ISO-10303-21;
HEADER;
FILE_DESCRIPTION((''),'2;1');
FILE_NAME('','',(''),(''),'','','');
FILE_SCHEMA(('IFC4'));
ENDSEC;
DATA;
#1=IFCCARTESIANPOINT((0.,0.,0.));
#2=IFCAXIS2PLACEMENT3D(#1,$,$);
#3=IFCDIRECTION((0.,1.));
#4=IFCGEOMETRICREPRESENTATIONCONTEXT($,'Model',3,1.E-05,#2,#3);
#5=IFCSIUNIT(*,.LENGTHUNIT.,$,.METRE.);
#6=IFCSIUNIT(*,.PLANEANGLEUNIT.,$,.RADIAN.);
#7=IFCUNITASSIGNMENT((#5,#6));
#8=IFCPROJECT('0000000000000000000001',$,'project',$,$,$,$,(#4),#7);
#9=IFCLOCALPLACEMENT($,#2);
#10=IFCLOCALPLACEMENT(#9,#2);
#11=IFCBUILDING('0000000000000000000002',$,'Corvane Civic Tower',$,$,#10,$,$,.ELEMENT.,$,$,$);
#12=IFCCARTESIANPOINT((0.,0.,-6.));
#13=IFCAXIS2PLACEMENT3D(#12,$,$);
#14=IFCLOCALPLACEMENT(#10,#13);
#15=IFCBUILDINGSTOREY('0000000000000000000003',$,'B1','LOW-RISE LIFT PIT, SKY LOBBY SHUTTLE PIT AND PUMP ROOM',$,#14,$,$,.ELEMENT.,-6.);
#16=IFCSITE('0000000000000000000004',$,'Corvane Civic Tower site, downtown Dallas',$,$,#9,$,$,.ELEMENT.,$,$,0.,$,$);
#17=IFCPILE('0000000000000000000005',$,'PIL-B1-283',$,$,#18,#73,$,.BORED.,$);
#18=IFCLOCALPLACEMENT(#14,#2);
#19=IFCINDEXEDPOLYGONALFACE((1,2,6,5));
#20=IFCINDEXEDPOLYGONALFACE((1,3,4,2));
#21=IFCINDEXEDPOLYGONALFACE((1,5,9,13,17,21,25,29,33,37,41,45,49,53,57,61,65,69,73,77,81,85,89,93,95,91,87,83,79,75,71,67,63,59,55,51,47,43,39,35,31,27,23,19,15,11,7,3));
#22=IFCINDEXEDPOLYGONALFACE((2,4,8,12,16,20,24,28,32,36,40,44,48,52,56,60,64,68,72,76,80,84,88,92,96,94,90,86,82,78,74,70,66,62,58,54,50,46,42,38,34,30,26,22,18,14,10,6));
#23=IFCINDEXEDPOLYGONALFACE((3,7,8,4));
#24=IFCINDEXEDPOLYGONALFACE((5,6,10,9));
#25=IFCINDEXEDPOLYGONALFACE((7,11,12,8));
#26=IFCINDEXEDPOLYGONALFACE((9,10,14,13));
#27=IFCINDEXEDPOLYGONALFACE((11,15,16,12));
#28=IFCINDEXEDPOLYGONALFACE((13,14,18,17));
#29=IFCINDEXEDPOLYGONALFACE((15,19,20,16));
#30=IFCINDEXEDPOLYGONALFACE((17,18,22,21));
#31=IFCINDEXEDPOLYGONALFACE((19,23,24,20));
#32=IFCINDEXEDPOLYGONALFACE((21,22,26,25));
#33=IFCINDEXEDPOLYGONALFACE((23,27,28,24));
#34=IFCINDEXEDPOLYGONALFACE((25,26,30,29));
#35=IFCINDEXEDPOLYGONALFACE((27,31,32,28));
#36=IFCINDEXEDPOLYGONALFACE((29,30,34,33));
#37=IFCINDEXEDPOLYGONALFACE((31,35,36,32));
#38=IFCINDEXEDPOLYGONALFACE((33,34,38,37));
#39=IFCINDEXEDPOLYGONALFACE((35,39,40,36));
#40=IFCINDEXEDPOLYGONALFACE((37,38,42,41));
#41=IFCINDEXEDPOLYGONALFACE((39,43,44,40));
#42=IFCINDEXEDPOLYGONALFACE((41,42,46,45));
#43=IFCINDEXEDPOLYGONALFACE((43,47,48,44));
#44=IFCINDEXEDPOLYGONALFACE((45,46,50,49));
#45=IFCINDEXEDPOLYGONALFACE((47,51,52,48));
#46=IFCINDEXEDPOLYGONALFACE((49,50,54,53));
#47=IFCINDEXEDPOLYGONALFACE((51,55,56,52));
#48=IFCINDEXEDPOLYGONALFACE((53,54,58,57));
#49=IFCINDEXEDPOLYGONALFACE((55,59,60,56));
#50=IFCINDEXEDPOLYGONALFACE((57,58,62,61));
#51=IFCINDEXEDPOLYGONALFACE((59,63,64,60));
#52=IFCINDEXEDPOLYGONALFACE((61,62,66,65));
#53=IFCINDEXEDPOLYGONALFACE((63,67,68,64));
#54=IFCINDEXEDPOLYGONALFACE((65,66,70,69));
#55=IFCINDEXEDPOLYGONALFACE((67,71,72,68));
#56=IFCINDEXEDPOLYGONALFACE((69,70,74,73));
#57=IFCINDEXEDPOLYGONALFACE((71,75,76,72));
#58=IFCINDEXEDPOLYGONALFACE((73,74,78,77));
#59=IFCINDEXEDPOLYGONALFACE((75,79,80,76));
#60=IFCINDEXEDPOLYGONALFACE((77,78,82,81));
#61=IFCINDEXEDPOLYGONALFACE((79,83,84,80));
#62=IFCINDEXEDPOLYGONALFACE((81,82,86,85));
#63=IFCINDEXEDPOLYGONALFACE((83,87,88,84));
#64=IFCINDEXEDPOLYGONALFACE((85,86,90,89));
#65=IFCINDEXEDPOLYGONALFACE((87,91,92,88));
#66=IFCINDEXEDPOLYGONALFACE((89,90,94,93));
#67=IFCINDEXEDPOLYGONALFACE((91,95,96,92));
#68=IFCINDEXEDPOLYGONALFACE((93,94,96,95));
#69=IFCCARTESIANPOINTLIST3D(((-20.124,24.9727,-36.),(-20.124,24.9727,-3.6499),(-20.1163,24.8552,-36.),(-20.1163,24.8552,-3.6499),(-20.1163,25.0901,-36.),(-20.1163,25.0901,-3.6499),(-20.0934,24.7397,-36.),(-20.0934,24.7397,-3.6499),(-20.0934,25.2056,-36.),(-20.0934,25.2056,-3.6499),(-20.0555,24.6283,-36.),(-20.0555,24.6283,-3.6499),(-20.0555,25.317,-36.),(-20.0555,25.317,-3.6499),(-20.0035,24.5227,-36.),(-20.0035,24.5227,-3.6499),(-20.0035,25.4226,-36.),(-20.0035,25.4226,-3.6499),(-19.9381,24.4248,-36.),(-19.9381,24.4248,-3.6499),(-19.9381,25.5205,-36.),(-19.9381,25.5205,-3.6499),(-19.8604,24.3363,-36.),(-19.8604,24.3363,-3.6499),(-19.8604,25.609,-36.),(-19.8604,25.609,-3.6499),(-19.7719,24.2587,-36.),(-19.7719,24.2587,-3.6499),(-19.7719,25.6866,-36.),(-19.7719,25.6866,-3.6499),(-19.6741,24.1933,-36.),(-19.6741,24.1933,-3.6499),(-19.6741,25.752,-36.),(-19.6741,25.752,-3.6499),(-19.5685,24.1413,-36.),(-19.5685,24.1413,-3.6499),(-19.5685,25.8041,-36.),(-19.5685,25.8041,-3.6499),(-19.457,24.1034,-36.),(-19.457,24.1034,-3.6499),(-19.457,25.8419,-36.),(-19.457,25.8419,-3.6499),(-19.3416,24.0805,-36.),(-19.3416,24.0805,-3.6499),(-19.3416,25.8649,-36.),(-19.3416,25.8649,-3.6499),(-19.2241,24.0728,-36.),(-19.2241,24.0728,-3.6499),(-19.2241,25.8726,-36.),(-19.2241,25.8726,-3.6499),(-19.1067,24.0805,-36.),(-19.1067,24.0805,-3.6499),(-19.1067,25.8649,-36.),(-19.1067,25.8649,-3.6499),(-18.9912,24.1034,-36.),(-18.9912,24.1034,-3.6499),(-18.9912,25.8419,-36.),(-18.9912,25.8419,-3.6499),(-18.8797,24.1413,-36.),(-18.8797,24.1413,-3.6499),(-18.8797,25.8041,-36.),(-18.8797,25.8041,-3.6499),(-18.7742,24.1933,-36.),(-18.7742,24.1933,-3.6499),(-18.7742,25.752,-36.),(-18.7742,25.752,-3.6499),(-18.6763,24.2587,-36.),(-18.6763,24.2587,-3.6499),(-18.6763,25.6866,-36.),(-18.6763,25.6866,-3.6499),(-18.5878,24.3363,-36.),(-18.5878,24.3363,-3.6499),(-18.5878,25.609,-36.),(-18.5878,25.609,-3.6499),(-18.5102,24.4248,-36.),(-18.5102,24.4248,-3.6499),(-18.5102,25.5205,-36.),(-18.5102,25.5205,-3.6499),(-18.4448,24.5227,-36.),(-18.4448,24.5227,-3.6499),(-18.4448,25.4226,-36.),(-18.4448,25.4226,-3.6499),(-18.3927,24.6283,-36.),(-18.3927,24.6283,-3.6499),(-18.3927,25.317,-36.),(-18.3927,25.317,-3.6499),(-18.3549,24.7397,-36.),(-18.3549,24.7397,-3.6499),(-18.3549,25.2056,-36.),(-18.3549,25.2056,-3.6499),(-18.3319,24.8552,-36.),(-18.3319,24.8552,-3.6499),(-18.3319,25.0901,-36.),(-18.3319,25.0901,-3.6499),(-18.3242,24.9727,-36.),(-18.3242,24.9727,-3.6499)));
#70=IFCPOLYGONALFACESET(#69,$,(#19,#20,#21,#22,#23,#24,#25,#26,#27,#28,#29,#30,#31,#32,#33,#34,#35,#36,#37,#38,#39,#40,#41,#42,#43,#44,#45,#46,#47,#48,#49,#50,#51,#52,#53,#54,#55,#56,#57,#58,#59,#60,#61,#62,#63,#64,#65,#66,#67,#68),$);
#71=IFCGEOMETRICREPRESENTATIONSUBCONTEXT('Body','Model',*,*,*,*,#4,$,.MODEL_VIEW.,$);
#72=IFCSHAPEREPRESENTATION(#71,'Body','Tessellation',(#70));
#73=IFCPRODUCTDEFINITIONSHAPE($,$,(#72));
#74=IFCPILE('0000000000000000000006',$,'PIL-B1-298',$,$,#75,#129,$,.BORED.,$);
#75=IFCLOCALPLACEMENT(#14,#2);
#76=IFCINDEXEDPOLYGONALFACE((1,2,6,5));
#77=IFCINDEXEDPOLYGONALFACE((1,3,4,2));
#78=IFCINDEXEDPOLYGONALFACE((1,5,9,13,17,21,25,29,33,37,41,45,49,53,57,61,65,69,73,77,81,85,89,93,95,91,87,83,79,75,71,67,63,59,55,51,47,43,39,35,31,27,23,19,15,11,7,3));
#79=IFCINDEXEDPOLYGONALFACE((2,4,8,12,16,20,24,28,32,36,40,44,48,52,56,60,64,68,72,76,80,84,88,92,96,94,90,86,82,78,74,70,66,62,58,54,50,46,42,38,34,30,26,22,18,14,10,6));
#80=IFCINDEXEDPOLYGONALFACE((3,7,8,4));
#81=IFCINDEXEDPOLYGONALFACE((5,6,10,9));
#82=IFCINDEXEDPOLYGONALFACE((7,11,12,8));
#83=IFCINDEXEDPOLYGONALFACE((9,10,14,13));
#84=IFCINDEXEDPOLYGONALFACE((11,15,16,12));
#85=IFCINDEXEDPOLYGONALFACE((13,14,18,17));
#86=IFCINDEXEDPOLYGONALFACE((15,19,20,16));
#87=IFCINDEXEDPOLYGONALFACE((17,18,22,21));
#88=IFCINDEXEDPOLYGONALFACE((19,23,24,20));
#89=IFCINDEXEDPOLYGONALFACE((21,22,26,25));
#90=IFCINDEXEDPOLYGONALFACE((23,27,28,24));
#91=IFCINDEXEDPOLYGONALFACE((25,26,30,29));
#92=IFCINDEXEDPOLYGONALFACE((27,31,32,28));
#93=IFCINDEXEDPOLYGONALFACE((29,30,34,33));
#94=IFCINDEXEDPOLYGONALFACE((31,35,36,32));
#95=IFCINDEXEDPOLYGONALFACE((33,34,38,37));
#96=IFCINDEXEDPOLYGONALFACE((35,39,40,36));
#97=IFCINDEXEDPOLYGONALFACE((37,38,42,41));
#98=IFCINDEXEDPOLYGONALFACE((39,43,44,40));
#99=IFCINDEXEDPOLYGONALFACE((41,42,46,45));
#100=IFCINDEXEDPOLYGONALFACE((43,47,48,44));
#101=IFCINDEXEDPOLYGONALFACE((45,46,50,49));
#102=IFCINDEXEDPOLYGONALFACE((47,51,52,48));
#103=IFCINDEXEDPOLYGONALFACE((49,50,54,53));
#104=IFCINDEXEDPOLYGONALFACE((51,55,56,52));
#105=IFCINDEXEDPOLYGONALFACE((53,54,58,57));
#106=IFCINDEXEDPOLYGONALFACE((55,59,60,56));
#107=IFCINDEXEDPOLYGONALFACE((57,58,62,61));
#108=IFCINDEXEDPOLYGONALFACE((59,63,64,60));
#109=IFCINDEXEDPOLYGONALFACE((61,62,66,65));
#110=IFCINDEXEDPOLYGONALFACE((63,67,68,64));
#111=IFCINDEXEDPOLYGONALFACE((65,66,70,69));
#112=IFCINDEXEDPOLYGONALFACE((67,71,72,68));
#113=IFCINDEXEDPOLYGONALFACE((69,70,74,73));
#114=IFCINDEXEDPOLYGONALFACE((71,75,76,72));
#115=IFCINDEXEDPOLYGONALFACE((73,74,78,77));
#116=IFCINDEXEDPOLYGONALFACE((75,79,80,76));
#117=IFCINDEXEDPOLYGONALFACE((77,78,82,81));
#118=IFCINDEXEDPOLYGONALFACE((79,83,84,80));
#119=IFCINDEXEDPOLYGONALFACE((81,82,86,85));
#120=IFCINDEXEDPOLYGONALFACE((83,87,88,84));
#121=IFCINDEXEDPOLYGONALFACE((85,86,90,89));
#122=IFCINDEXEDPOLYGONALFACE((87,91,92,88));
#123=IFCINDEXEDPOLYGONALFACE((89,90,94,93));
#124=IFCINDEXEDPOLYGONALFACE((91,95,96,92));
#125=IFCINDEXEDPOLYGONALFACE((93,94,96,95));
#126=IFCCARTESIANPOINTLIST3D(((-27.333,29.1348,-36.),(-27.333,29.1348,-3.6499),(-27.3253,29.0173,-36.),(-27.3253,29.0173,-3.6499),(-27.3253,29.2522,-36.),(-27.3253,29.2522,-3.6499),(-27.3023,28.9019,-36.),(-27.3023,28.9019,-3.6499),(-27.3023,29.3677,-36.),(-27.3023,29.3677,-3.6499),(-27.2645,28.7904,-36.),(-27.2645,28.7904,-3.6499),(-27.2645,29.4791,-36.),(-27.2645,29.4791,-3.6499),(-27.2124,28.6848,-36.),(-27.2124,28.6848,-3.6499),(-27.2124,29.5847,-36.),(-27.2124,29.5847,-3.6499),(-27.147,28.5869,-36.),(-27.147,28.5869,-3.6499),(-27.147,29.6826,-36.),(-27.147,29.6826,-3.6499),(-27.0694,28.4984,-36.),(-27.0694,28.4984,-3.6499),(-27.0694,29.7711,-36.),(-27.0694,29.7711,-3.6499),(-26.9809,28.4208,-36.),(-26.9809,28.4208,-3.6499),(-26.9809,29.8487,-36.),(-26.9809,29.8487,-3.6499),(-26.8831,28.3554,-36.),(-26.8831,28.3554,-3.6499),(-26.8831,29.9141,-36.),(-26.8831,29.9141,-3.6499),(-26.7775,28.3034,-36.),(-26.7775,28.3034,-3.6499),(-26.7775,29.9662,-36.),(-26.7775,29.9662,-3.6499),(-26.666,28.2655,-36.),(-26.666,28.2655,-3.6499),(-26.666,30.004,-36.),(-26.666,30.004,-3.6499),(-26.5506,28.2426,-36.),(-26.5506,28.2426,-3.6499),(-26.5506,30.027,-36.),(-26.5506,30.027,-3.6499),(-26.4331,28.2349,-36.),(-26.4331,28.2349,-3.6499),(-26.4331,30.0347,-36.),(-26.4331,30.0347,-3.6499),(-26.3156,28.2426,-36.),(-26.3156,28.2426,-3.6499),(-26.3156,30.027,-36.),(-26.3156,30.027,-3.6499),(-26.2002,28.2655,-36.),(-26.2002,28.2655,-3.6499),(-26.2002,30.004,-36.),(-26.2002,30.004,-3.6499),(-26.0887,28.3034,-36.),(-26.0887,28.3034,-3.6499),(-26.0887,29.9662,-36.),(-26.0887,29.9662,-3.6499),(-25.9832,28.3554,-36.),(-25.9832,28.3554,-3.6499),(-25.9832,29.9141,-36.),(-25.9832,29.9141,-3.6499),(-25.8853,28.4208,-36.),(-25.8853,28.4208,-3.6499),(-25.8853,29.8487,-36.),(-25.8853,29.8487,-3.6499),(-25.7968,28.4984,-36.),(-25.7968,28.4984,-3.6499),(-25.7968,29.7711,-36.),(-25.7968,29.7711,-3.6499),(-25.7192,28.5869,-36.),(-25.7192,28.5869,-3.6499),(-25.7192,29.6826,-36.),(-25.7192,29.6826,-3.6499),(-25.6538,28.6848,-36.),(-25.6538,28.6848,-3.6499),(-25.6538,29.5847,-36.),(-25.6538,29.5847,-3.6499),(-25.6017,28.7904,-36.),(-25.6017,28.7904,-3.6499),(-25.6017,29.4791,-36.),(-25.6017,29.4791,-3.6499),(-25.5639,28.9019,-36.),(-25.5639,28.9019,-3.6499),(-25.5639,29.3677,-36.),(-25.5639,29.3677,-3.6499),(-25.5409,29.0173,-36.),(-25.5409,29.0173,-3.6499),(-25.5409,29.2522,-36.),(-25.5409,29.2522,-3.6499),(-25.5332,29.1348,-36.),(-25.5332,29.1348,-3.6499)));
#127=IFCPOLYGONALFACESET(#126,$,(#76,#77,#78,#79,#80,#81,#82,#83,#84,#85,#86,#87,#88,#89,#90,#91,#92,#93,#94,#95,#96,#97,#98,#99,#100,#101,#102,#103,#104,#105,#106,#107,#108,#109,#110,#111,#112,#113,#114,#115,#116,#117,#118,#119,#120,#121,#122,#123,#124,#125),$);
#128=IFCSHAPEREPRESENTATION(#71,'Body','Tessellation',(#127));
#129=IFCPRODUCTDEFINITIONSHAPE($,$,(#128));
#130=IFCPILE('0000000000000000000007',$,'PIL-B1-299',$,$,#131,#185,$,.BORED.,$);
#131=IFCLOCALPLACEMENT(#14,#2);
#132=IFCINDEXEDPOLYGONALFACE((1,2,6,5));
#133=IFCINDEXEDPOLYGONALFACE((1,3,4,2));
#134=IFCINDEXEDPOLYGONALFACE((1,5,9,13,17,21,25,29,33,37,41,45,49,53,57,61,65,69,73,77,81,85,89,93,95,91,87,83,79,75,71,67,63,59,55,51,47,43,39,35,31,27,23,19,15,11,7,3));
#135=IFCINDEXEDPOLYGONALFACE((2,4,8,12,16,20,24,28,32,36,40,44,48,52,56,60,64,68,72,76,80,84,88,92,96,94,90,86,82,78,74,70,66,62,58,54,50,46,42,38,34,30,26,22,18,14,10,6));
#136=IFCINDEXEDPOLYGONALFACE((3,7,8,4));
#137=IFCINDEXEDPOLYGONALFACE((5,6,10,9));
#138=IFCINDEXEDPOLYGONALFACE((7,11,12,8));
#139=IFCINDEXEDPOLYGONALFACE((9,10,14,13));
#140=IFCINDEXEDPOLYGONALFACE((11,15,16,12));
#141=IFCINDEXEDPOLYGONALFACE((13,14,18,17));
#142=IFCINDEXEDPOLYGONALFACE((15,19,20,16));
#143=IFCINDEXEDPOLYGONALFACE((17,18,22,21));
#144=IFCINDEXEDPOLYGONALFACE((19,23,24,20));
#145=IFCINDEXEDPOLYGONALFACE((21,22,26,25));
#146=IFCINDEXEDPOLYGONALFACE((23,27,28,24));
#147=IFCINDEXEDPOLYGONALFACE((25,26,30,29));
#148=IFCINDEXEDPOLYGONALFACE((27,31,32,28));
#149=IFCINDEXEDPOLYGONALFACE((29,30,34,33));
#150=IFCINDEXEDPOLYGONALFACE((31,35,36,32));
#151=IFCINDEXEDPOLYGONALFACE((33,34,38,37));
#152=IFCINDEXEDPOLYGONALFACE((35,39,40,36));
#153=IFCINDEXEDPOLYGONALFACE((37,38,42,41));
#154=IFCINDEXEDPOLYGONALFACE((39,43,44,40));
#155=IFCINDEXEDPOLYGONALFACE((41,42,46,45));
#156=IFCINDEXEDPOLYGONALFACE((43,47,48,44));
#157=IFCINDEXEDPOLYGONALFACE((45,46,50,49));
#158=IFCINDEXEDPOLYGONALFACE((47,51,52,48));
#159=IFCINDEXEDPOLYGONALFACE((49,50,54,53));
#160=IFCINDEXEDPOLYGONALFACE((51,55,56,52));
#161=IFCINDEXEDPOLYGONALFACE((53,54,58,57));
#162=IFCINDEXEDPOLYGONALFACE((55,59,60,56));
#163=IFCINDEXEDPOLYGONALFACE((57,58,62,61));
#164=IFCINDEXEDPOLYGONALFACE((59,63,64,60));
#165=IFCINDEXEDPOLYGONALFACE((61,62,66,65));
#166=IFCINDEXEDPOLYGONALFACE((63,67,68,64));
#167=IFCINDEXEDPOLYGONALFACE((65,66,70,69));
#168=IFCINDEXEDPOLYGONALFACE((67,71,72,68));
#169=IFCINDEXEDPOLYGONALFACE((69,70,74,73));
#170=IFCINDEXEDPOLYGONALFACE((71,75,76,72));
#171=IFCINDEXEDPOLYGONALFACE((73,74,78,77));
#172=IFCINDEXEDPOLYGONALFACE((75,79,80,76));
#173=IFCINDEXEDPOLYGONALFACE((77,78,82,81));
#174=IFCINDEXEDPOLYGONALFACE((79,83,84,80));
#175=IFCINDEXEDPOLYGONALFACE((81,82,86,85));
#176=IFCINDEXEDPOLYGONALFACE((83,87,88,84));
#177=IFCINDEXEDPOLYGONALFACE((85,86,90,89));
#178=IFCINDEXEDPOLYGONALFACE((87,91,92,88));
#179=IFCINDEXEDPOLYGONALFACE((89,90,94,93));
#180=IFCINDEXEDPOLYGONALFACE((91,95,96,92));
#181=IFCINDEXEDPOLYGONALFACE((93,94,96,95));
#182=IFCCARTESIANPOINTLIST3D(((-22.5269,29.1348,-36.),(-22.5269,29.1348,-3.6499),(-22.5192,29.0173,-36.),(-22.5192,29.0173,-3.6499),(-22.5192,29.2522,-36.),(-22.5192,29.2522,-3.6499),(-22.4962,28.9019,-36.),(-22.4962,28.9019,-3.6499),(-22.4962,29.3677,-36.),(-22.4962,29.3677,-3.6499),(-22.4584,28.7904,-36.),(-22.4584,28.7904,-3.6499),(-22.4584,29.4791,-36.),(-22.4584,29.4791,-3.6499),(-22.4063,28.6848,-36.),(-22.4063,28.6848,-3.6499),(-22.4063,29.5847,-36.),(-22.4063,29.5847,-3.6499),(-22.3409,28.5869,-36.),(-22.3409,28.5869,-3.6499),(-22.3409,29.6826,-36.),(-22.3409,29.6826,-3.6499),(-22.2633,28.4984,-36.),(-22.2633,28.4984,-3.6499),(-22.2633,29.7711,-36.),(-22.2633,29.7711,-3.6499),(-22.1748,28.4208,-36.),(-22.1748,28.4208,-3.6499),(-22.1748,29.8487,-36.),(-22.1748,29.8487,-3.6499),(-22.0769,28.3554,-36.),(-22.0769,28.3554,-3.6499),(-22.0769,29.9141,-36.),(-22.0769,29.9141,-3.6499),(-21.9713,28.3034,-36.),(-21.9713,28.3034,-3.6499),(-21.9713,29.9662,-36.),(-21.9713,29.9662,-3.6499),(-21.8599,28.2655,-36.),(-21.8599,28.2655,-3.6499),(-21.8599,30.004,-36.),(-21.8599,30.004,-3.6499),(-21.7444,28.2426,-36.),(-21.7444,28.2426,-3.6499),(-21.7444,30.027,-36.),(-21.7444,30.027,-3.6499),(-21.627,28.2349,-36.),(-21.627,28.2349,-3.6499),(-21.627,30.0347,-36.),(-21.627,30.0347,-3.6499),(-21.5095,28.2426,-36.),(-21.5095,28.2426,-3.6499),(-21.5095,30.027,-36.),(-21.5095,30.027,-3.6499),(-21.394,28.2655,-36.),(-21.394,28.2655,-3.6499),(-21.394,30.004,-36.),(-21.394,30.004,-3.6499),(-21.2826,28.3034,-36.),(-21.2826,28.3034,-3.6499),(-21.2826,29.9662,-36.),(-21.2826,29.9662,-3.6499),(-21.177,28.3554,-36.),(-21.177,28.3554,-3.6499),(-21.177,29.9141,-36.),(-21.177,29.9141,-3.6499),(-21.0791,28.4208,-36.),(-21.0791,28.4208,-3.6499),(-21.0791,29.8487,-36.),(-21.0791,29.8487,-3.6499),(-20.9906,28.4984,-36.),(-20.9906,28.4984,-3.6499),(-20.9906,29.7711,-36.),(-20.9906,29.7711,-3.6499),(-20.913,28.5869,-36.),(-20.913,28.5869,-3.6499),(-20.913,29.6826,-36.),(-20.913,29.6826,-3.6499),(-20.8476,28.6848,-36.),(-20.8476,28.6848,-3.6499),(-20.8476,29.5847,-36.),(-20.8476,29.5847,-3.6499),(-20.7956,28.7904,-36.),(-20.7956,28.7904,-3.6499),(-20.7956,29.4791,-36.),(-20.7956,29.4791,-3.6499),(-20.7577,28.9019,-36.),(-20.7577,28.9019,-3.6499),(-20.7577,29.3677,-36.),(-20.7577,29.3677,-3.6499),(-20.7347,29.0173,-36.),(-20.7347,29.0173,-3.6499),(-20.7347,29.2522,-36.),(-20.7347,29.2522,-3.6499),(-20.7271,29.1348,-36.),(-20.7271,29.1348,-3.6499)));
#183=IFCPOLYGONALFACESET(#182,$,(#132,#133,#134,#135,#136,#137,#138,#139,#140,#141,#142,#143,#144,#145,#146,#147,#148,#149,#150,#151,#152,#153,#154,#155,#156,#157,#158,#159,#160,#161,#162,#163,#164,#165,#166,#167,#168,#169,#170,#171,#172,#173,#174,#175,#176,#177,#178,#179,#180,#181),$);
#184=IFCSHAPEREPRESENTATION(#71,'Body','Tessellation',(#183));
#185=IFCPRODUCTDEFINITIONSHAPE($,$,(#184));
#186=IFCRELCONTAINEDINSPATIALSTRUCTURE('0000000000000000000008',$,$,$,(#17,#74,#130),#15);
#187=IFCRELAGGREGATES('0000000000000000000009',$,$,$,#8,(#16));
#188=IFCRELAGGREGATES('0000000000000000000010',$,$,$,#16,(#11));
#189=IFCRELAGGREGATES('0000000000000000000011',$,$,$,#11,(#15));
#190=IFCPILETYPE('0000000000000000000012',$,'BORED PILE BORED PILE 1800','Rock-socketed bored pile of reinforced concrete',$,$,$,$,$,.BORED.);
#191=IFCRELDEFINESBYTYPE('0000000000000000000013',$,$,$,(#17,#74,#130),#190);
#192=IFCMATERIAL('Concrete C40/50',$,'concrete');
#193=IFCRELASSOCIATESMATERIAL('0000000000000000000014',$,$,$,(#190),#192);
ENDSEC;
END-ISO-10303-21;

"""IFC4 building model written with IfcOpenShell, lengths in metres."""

from ifc_helpers import new_model, si_unit, direction, frame, origin, origin_2d, place, context, subcontext, project, spatial, circle, extrude, material, material_profile, profile_set, type_object, element, save


model = new_model("IFC4")

# Units and contexts
model_context = context("Model", 3, precision=1e-05, world=origin(), true_north=direction((0.0, 1.0)))
body_context = subcontext(model_context, "Body", "Model", "MODEL_VIEW")
ifc_project = project(units=[si_unit("LENGTHUNIT", "METRE"), si_unit("PLANEANGLEUNIT", "RADIAN")], contexts=[model_context])

# Site, building, storey
site_placement = place(None, origin())
site = spatial("IfcSite", under=ifc_project, at=site_placement, Name="Corvane Civic Tower site, downtown Dallas", CompositionType="ELEMENT", RefElevation=0.0)
building_placement = place(site_placement, origin())
building = spatial("IfcBuilding", under=site, at=building_placement, Name="Corvane Civic Tower", CompositionType="ELEMENT")
storey_placement = place(building_placement, frame((0.0, 0.0, -6.0)))
storey = spatial("IfcBuildingStorey", under=building, at=storey_placement, Name="B1", Description="LOW-RISE LIFT PIT, SKY LOBBY SHUTTLE PIT AND PUMP ROOM", CompositionType="ELEMENT", Elevation=-6.0)

# Piles
ifc_material_1 = material(Name="Concrete C40/50", Category="concrete")
ifc_material_profile_1 = material_profile(ifc_material_1, circle(Radius=0.8999, at=origin_2d()), Name="BORED PILE 1800")
ifc_profile_set_1 = profile_set([ifc_material_profile_1], Name="Concrete C40/50")
pile_type_1 = type_object("IfcPileType", Name="BORED PILE BORED PILE 1800", Description="Rock-socketed bored pile of reinforced concrete", PredefinedType="BORED", material=ifc_profile_set_1)
for number, where, z_axis, x_axis, name in (
    (1, (-19.2241, 24.9727, -3.6499), (0.0, 0.0, -1.0), (1.0, 0.0, 0.0), "PIL-B1-283"),
    (2, (-26.4331, 29.1348, -3.6499), (0.0, 0.0, -1.0), (1.0, 0.0, 0.0), "PIL-B1-298"),
    (3, (-21.627, 29.1348, -3.6499), (0.0, 0.0, -1.0), (1.0, 0.0, 0.0), "PIL-B1-299"),
):
    element("IfcPile", number, at=place(storey_placement, frame(where, z_axis=z_axis, x_axis=x_axis)), inside=storey, type_object=pile_type_1, Name=name, PredefinedType="BORED", context=body_context, shape_type="SweptSolid", body=[
        extrude(circle(Radius=0.8999, at=origin_2d()), origin(), (0.0, 0.0, 1.0), 32.3501),
    ])

save(model, "model.ifc")
